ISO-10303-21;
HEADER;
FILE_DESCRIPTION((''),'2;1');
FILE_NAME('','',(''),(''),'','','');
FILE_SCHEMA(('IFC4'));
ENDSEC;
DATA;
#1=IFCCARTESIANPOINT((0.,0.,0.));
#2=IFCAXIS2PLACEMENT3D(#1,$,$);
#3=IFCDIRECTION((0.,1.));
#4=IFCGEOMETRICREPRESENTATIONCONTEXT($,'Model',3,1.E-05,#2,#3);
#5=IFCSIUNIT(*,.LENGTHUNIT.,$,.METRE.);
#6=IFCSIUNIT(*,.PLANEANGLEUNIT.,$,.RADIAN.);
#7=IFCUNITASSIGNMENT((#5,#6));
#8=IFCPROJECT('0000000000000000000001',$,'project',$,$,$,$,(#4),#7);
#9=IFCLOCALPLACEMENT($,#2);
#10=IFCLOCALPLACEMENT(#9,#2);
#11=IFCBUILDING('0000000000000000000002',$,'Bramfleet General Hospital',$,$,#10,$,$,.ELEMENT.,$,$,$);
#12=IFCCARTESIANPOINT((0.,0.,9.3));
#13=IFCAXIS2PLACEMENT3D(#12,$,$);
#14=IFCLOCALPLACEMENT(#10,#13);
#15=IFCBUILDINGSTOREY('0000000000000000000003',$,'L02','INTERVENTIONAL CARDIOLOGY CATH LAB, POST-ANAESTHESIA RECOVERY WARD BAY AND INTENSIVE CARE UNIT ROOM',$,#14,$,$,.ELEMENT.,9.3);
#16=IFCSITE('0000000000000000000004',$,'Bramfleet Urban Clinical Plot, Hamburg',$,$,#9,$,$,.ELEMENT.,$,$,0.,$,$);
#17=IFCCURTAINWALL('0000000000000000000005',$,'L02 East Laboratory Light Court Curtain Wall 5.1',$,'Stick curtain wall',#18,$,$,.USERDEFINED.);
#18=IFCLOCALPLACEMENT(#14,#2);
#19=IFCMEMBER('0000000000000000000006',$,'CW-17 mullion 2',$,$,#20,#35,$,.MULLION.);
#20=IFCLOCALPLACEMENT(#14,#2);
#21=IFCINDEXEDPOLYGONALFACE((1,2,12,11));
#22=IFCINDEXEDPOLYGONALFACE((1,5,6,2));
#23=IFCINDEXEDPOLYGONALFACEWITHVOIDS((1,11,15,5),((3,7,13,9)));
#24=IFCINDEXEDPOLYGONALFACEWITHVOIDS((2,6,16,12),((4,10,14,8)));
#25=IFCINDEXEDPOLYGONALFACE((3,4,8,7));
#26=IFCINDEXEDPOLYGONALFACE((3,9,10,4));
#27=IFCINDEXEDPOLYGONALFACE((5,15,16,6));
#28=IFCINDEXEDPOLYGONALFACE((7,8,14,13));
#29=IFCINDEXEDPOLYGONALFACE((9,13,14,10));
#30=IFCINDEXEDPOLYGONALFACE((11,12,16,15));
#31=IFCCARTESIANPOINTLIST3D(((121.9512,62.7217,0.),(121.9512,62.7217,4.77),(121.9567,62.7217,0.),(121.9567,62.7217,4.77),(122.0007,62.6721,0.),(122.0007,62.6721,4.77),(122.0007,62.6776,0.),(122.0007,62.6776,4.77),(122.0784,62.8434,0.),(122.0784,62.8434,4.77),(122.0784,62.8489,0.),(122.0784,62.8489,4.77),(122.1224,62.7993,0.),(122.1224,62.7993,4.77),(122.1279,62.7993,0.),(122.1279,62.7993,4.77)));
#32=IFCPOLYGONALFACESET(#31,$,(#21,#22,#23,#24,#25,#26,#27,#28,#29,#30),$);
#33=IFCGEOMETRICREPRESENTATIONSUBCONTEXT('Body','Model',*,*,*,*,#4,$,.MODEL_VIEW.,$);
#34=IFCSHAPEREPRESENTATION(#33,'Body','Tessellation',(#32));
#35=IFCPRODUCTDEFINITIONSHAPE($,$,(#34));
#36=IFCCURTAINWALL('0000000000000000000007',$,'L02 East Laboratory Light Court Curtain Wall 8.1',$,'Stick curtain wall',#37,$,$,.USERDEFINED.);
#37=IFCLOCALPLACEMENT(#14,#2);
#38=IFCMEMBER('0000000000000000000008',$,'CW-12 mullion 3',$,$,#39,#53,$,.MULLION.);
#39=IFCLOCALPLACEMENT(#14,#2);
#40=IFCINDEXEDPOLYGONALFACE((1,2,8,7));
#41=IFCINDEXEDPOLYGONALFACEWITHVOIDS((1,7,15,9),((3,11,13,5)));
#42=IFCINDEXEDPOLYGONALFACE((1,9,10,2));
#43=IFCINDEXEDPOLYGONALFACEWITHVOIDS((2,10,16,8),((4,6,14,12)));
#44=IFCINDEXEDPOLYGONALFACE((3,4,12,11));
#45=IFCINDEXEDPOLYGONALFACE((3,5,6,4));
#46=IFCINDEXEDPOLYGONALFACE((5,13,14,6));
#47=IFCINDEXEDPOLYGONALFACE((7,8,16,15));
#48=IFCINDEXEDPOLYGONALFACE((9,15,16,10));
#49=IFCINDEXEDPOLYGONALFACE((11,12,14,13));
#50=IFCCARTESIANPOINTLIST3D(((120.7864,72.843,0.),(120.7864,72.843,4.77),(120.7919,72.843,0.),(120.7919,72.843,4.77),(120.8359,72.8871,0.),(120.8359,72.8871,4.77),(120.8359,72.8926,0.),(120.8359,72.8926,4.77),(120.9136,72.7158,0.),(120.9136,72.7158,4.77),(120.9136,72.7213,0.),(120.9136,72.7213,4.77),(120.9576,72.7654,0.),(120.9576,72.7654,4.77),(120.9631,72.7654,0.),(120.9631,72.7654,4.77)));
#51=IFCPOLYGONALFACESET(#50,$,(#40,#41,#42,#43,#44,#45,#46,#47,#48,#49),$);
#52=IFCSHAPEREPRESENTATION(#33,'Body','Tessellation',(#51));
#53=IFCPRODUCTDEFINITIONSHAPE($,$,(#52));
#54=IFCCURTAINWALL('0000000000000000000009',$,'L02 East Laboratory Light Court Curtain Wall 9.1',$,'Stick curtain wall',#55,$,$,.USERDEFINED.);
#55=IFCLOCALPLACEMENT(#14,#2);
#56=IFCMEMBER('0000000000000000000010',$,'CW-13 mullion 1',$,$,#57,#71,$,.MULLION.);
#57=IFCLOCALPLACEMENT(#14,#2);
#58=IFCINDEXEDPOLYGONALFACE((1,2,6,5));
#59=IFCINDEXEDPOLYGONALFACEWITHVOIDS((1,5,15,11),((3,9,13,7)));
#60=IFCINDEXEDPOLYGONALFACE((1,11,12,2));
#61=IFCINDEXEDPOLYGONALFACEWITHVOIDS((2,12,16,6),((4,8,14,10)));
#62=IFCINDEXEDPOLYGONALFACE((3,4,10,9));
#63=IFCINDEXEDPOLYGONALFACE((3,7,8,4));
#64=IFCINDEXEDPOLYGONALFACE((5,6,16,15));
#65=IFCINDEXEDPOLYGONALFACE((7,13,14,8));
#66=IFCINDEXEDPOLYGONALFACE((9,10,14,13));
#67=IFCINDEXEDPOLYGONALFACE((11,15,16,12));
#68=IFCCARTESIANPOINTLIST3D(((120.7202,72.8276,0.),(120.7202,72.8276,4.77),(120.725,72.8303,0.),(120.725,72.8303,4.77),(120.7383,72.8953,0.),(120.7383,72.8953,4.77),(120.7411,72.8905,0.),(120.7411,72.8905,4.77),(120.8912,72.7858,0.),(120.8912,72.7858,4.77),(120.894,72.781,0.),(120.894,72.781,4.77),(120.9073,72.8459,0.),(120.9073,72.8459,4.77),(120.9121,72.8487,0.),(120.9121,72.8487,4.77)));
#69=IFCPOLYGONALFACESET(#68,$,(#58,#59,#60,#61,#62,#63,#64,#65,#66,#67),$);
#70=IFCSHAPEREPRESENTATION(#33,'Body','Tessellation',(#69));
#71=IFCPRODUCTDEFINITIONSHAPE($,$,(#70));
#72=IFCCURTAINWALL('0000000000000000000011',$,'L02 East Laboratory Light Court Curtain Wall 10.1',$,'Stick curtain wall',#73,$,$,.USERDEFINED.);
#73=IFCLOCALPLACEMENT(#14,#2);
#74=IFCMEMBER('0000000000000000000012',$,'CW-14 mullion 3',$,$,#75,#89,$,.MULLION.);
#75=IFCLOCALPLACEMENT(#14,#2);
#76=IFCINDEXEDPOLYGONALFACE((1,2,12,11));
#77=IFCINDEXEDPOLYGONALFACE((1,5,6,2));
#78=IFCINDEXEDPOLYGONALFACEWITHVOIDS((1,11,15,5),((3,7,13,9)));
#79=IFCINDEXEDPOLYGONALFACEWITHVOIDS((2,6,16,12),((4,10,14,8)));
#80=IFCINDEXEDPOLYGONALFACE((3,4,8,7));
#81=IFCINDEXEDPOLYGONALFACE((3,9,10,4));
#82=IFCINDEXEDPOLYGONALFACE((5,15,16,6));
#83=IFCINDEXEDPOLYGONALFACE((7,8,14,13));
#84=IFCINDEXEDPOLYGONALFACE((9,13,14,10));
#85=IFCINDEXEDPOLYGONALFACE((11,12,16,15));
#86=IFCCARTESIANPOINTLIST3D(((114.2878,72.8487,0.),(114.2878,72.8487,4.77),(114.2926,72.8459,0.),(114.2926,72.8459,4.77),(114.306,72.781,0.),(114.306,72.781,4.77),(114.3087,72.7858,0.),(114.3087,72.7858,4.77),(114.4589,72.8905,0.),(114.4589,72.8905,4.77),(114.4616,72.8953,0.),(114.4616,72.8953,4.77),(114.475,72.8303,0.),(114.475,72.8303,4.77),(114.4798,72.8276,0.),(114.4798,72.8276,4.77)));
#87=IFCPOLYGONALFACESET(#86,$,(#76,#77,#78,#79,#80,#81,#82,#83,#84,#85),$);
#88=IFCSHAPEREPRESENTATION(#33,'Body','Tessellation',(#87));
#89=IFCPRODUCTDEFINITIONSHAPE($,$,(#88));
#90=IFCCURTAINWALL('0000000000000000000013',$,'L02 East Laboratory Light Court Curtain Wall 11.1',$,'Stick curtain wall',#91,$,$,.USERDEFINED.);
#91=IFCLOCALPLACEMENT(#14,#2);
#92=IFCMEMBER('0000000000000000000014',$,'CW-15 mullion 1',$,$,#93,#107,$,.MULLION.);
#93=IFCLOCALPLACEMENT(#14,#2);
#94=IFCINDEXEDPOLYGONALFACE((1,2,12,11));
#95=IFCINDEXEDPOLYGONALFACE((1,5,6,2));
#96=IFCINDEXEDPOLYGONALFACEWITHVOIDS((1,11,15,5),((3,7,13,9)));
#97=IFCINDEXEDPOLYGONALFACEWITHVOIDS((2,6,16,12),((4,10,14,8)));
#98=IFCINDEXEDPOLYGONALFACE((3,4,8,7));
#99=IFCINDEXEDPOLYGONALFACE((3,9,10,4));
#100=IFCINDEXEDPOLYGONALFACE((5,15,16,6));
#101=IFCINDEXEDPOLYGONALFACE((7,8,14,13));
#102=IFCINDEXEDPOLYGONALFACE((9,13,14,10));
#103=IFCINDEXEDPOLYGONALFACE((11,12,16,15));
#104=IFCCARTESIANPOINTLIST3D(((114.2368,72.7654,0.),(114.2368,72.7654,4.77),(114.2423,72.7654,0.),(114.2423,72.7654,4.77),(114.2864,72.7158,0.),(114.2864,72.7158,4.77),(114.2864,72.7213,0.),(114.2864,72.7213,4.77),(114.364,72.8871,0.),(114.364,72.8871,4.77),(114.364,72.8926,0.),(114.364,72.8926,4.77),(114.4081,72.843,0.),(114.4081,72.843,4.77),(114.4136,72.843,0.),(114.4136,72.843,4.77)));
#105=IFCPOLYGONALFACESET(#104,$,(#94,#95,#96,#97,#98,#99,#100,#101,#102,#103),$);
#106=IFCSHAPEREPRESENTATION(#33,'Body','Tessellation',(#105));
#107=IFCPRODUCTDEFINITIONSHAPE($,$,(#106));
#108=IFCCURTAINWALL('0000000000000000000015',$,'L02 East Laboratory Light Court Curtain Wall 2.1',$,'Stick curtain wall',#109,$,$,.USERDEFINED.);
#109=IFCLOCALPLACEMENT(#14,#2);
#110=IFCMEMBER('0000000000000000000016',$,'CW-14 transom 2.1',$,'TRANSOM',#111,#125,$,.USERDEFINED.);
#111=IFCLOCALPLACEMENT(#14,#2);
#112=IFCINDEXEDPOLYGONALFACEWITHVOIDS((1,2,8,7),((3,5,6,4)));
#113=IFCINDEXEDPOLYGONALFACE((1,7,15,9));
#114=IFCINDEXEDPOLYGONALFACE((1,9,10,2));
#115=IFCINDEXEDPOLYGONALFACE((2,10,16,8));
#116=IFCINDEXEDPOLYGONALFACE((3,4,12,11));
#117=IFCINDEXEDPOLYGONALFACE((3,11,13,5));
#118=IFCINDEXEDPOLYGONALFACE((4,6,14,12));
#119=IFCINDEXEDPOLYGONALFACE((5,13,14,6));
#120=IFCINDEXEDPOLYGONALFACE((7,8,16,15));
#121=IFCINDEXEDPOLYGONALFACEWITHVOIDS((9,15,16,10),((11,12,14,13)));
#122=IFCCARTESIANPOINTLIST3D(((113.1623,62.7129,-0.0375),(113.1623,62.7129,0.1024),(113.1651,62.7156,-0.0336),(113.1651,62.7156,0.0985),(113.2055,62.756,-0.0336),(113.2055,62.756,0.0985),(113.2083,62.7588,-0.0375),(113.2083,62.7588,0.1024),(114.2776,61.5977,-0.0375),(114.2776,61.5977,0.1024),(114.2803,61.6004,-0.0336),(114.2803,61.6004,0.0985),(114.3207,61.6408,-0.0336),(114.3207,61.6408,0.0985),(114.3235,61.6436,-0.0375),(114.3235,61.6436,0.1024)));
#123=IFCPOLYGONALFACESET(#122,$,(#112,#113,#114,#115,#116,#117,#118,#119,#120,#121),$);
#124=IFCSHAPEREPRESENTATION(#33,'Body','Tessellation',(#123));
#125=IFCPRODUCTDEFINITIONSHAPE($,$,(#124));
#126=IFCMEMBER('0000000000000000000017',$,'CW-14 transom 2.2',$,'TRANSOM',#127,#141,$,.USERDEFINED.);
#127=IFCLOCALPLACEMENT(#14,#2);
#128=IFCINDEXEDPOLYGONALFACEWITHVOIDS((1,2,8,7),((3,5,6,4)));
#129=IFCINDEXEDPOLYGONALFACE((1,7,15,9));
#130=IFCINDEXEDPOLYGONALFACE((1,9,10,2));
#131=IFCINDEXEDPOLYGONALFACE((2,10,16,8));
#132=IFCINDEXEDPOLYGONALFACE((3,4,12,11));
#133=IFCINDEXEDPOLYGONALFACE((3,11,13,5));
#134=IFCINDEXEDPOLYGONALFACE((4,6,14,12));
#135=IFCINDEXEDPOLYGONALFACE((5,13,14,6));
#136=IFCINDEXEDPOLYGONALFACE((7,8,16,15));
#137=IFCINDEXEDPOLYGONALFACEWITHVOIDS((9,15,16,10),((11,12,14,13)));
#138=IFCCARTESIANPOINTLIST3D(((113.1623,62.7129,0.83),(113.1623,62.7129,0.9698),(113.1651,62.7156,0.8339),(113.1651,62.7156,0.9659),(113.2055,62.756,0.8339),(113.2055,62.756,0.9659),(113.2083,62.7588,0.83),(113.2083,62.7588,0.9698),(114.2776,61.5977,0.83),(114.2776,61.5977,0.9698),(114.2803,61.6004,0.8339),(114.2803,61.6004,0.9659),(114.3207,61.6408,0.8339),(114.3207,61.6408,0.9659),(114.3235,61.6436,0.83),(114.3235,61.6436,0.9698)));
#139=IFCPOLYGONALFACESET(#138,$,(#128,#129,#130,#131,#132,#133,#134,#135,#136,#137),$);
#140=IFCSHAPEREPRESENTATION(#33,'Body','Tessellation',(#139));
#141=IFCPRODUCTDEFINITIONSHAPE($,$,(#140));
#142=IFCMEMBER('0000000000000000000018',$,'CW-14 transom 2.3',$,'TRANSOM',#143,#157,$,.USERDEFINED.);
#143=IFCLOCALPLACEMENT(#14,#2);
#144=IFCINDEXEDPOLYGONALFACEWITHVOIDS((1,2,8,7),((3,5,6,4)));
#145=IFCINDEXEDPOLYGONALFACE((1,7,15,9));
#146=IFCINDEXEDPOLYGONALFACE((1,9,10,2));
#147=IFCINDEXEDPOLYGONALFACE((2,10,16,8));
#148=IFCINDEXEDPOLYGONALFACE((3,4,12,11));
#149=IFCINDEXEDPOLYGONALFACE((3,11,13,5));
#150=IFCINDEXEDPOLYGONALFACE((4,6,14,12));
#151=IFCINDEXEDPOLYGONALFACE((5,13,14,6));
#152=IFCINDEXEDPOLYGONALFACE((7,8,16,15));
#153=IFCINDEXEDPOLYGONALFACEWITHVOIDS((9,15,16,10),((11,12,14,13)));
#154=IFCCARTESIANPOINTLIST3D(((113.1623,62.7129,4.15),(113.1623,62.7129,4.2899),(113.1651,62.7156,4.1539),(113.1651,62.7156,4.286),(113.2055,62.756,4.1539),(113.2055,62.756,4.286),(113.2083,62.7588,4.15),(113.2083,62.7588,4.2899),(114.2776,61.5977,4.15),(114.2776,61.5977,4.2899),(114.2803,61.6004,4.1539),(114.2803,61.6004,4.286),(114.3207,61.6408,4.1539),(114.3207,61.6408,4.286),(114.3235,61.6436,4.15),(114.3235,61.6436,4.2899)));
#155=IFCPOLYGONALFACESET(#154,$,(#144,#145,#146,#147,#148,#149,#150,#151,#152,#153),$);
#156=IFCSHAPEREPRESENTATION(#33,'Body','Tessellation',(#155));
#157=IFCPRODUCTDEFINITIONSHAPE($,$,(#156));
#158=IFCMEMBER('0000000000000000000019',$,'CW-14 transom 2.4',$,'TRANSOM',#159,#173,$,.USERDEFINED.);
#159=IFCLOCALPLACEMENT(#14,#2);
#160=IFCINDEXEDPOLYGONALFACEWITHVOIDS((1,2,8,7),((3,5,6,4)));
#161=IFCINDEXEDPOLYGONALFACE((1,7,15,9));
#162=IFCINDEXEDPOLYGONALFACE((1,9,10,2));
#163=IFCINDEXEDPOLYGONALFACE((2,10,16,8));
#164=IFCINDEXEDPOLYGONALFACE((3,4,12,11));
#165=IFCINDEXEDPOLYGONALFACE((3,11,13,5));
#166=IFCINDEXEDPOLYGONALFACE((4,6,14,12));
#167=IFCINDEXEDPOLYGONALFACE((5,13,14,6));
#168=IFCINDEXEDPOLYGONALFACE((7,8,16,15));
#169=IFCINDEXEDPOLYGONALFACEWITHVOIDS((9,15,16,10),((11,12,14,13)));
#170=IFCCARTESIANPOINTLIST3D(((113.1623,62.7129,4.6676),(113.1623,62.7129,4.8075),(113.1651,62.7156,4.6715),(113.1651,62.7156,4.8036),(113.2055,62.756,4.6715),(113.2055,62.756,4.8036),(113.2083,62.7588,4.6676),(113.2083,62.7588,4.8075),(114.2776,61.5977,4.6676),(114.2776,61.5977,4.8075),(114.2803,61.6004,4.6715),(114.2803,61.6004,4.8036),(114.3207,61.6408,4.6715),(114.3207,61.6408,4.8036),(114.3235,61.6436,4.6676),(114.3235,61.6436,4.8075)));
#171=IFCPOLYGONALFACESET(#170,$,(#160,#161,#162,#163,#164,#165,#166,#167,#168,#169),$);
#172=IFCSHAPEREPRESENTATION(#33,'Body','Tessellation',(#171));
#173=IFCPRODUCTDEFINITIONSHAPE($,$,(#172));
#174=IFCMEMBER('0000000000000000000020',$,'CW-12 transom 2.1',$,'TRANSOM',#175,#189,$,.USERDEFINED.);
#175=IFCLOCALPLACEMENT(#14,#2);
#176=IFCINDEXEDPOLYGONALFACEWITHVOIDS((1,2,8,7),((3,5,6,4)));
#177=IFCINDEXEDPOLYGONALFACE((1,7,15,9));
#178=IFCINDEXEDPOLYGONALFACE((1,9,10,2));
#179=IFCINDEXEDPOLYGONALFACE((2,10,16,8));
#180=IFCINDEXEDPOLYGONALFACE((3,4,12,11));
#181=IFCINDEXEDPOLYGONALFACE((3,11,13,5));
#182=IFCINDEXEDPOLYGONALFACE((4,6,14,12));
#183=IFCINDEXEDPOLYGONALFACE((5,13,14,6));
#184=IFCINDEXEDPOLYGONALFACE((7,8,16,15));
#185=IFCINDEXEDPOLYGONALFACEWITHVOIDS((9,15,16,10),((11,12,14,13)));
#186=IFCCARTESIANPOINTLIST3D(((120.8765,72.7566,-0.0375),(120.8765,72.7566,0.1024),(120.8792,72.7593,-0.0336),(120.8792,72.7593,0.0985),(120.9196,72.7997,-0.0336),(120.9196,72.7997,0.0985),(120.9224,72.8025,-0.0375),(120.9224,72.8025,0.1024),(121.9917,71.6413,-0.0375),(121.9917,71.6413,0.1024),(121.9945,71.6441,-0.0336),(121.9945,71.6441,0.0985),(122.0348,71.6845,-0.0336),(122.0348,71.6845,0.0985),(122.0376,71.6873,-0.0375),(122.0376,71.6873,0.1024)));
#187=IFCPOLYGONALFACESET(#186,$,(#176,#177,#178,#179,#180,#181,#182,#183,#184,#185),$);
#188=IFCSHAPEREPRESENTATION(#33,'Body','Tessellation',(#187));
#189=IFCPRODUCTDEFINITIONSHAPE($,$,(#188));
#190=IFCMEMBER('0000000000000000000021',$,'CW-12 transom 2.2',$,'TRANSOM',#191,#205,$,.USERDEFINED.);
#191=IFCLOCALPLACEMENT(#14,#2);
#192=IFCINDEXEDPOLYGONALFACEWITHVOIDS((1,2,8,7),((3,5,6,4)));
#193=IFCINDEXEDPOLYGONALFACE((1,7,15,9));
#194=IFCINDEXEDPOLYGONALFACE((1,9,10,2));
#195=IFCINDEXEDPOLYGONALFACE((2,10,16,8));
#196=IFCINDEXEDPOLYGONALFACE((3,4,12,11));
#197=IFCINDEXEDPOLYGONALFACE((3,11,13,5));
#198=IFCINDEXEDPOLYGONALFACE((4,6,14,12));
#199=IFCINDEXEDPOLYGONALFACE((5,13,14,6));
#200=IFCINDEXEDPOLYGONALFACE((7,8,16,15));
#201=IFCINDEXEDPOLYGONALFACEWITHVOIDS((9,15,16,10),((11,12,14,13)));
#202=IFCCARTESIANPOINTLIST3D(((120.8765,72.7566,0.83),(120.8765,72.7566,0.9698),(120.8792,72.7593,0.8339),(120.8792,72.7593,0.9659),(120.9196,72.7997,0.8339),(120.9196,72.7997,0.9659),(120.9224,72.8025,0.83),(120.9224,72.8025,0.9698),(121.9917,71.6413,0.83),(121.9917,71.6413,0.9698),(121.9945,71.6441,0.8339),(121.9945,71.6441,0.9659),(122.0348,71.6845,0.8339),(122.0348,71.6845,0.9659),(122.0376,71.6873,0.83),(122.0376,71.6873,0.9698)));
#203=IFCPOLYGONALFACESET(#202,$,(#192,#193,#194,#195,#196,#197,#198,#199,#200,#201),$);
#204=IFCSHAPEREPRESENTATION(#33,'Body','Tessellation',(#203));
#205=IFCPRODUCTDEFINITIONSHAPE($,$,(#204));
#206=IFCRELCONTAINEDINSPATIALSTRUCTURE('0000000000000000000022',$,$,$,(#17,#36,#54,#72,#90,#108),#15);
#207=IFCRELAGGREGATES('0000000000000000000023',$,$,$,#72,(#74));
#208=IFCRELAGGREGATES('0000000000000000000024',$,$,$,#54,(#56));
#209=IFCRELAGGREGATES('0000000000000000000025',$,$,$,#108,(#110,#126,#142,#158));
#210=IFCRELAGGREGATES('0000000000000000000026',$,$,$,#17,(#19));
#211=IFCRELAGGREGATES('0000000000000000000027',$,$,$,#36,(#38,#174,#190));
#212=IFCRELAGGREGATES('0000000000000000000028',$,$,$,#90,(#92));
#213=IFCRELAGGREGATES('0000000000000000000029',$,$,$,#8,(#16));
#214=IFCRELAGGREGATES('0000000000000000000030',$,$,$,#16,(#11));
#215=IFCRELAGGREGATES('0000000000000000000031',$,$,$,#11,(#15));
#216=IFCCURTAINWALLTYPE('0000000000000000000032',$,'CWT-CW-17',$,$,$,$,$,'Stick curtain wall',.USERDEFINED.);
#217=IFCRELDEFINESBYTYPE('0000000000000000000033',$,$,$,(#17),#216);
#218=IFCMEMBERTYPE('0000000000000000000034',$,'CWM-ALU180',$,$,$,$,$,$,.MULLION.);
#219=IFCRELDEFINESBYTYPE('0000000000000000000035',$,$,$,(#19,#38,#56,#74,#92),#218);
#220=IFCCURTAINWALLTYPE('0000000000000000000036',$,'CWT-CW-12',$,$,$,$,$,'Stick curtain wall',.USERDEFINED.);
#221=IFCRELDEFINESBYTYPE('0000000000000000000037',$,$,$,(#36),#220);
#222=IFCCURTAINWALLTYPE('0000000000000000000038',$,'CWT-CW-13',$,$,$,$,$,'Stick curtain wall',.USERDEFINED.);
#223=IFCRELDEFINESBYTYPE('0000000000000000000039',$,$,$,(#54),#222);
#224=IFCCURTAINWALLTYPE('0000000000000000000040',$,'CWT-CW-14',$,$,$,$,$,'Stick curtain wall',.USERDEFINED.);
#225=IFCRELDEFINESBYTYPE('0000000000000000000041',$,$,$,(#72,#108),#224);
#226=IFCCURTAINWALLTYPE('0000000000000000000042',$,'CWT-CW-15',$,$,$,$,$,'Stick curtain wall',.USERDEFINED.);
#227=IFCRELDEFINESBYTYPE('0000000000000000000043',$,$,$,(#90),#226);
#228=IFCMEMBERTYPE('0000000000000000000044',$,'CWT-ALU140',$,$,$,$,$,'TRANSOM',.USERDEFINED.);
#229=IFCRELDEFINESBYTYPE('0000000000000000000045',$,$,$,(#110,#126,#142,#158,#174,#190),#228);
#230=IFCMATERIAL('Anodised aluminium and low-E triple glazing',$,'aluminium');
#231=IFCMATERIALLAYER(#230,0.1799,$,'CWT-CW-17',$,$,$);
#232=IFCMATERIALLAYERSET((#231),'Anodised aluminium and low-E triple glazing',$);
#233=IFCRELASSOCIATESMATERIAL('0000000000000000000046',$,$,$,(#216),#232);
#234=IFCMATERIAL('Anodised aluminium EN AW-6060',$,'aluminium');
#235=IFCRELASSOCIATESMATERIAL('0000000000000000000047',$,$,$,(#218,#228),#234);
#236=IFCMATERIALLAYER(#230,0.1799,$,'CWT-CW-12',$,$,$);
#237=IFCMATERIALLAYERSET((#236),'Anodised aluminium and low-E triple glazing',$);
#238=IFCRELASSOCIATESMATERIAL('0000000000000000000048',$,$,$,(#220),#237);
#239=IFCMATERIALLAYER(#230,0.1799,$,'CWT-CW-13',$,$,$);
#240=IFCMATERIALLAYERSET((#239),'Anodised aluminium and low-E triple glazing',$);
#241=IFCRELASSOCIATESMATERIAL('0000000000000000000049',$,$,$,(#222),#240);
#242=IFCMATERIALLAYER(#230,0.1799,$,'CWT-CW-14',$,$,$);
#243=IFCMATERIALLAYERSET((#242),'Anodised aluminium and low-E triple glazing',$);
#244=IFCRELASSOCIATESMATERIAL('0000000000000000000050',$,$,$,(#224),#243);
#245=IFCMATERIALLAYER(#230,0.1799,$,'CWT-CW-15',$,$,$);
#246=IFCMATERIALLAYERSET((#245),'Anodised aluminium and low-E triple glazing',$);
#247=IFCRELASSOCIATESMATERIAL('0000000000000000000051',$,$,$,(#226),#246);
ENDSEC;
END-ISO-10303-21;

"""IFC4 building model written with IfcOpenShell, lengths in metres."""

from ifc_helpers import new_model, si_unit, direction, frame, origin, origin_2d, place, context, subcontext, project, spatial, hollow_rectangle, extrude, material, layer, layer_set, material_profile, profile_set, type_object, element, aggregate, save


model = new_model("IFC4")

# Units and contexts
model_context = context("Model", 3, precision=1e-05, world=origin(), true_north=direction((0.0, 1.0)))
body_context = subcontext(model_context, "Body", "Model", "MODEL_VIEW")
ifc_project = project(units=[si_unit("LENGTHUNIT", "METRE"), si_unit("PLANEANGLEUNIT", "RADIAN")], contexts=[model_context])

# Site, building, storey
site_placement = place(None, origin())
site = spatial("IfcSite", under=ifc_project, at=site_placement, Name="Bramfleet Urban Clinical Plot, Hamburg", CompositionType="ELEMENT", RefElevation=0.0)
building_placement = place(site_placement, origin())
building = spatial("IfcBuilding", under=site, at=building_placement, Name="Bramfleet General Hospital", CompositionType="ELEMENT")
storey_placement = place(building_placement, frame((0.0, 0.0, 9.3)))
storey = spatial("IfcBuildingStorey", under=building, at=storey_placement, Name="L02", Description="INTERVENTIONAL CARDIOLOGY CATH LAB, POST-ANAESTHESIA RECOVERY WARD BAY AND INTENSIVE CARE UNIT ROOM", CompositionType="ELEMENT", Elevation=9.3)

# Curtain walls, members
ifc_material_1 = material(Name="Anodised aluminium and low-E triple glazing", Category="aluminium")
ifc_layer_1 = layer(ifc_material_1, 0.1799, Name="CWT-CW-17")
ifc_layer_set_1 = layer_set([ifc_layer_1], Name="Anodised aluminium and low-E triple glazing")
curtain_wall_type_1 = type_object("IfcCurtainWallType", Name="CWT-CW-17", ElementType="Stick curtain wall", PredefinedType="USERDEFINED", material=ifc_layer_set_1)
curtain_wall_1_placement = place(storey_placement, origin())
curtain_wall_1 = element("IfcCurtainWall", 1, at=curtain_wall_1_placement, inside=storey, type_object=curtain_wall_type_1, Name="L02 East Laboratory Light Court Curtain Wall 5.1", ObjectType="Stick curtain wall", PredefinedType="USERDEFINED")
ifc_material_2 = material(Name="Anodised aluminium EN AW-6060", Category="aluminium")
ifc_material_profile_1 = material_profile(ifc_material_2, hollow_rectangle(XDim=0.0701, YDim=0.1799, WallThickness=0.0039, at=origin_2d()), Name="ALU 180x70x4.0")
ifc_profile_set_1 = profile_set([ifc_material_profile_1], Name="Anodised aluminium EN AW-6060")
member_type_1 = type_object("IfcMemberType", Name="CWM-ALU180", PredefinedType="MULLION", material=ifc_profile_set_1)
member_1_placement = place(storey_placement, frame((122.0396, 62.7605, 0.0), z_axis=(0.0, 0.0, 1.0), x_axis=(-0.707107, 0.707107, 0.0)))
member_1 = element("IfcMember", 2, at=member_1_placement, type_object=member_type_1, Name="CW-17 mullion 2", PredefinedType="MULLION", context=body_context, shape_type="SweptSolid", body=[
    extrude(hollow_rectangle(XDim=0.0701, YDim=0.1799, WallThickness=0.0039, at=origin_2d()), origin(), (0.0, 0.0, 1.0), 4.77),
])
ifc_layer_2 = layer(ifc_material_1, 0.1799, Name="CWT-CW-12")
ifc_layer_set_2 = layer_set([ifc_layer_2], Name="Anodised aluminium and low-E triple glazing")
curtain_wall_type_2 = type_object("IfcCurtainWallType", Name="CWT-CW-12", ElementType="Stick curtain wall", PredefinedType="USERDEFINED", material=ifc_layer_set_2)
curtain_wall_2_placement = place(storey_placement, origin())
curtain_wall_2 = element("IfcCurtainWall", 3, at=curtain_wall_2_placement, inside=storey, type_object=curtain_wall_type_2, Name="L02 East Laboratory Light Court Curtain Wall 8.1", ObjectType="Stick curtain wall", PredefinedType="USERDEFINED")
member_2_placement = place(storey_placement, frame((120.8748, 72.8042, 0.0), z_axis=(0.0, 0.0, 1.0), x_axis=(-0.707107, -0.707107, 0.0)))
member_2 = element("IfcMember", 4, at=member_2_placement, type_object=member_type_1, Name="CW-12 mullion 3", PredefinedType="MULLION", context=body_context, shape_type="SweptSolid", body=[
    extrude(hollow_rectangle(XDim=0.0701, YDim=0.1799, WallThickness=0.0039, at=origin_2d()), origin(), (0.0, 0.0, 1.0), 4.77),
])
ifc_layer_3 = layer(ifc_material_1, 0.1799, Name="CWT-CW-13")
ifc_layer_set_3 = layer_set([ifc_layer_3], Name="Anodised aluminium and low-E triple glazing")
curtain_wall_type_3 = type_object("IfcCurtainWallType", Name="CWT-CW-13", ElementType="Stick curtain wall", PredefinedType="USERDEFINED", material=ifc_layer_set_3)
curtain_wall_3_placement = place(storey_placement, origin())
curtain_wall_3 = element("IfcCurtainWall", 5, at=curtain_wall_3_placement, inside=storey, type_object=curtain_wall_type_3, Name="L02 East Laboratory Light Court Curtain Wall 9.1", ObjectType="Stick curtain wall", PredefinedType="USERDEFINED")
member_3_placement = place(storey_placement, frame((120.8162, 72.8381, 0.0), z_axis=(0.0, 0.0, 1.0), x_axis=(-0.258865, -0.965914, 0.0)))
member_3 = element("IfcMember", 6, at=member_3_placement, type_object=member_type_1, Name="CW-13 mullion 1", PredefinedType="MULLION", context=body_context, shape_type="SweptSolid", body=[
    extrude(hollow_rectangle(XDim=0.0701, YDim=0.1799, WallThickness=0.0039, at=origin_2d()), origin(), (0.0, 0.0, 1.0), 4.77),
])
ifc_layer_4 = layer(ifc_material_1, 0.1799, Name="CWT-CW-14")
ifc_layer_set_4 = layer_set([ifc_layer_4], Name="Anodised aluminium and low-E triple glazing")
curtain_wall_type_4 = type_object("IfcCurtainWallType", Name="CWT-CW-14", ElementType="Stick curtain wall", PredefinedType="USERDEFINED", material=ifc_layer_set_4)
curtain_wall_4_placement = place(storey_placement, origin())
curtain_wall_4 = element("IfcCurtainWall", 7, at=curtain_wall_4_placement, inside=storey, type_object=curtain_wall_type_4, Name="L02 East Laboratory Light Court Curtain Wall 10.1", ObjectType="Stick curtain wall", PredefinedType="USERDEFINED")
member_4_placement = place(storey_placement, frame((114.3838, 72.8381, 0.0), z_axis=(0.0, 0.0, 1.0), x_axis=(0.258865, -0.965914, 0.0)))
member_4 = element("IfcMember", 8, at=member_4_placement, type_object=member_type_1, Name="CW-14 mullion 3", PredefinedType="MULLION", context=body_context, shape_type="SweptSolid", body=[
    extrude(hollow_rectangle(XDim=0.0701, YDim=0.1799, WallThickness=0.0039, at=origin_2d()), origin(), (0.0, 0.0, 1.0), 4.77),
])
aggregate(curtain_wall_4, [member_4])
ifc_layer_5 = layer(ifc_material_1, 0.1799, Name="CWT-CW-15")
ifc_layer_set_5 = layer_set([ifc_layer_5], Name="Anodised aluminium and low-E triple glazing")
curtain_wall_type_5 = type_object("IfcCurtainWallType", Name="CWT-CW-15", ElementType="Stick curtain wall", PredefinedType="USERDEFINED", material=ifc_layer_set_5)
curtain_wall_5_placement = place(storey_placement, origin())
curtain_wall_5 = element("IfcCurtainWall", 9, at=curtain_wall_5_placement, inside=storey, type_object=curtain_wall_type_5, Name="L02 East Laboratory Light Court Curtain Wall 11.1", ObjectType="Stick curtain wall", PredefinedType="USERDEFINED")
member_5_placement = place(storey_placement, frame((114.3252, 72.8042, 0.0), z_axis=(0.0, 0.0, 1.0), x_axis=(0.707107, -0.707107, 0.0)))
member_5 = element("IfcMember", 10, at=member_5_placement, type_object=member_type_1, Name="CW-15 mullion 1", PredefinedType="MULLION", context=body_context, shape_type="SweptSolid", body=[
    extrude(hollow_rectangle(XDim=0.0701, YDim=0.1799, WallThickness=0.0039, at=origin_2d()), origin(), (0.0, 0.0, 1.0), 4.77),
])

# Curtain wall, members
curtain_wall_6_placement = place(storey_placement, origin())
curtain_wall_6 = element("IfcCurtainWall", 11, at=curtain_wall_6_placement, inside=storey, type_object=curtain_wall_type_4, Name="L02 East Laboratory Light Court Curtain Wall 2.1", ObjectType="Stick curtain wall", PredefinedType="USERDEFINED")
ifc_material_profile_2 = material_profile(ifc_material_2, hollow_rectangle(XDim=0.0649, YDim=0.1399, WallThickness=0.0039, at=origin_2d()), Name="ALU 140x65x4.0")
ifc_profile_set_2 = profile_set([ifc_material_profile_2], Name="Anodised aluminium EN AW-6060")
member_type_2 = type_object("IfcMemberType", Name="CWT-ALU140", ElementType="TRANSOM", PredefinedType="USERDEFINED", material=ifc_profile_set_2)
member_6_placement = place(storey_placement, frame((113.1853, 62.7358, 0.0325), z_axis=(0.707107, -0.707107, 0.0), x_axis=(0.707107, 0.707107, 0.0)))
member_6 = element("IfcMember", 12, at=member_6_placement, type_object=member_type_2, Name="CW-14 transom 2.1", ObjectType="TRANSOM", PredefinedType="USERDEFINED", context=body_context, shape_type="SweptSolid", body=[
    extrude(hollow_rectangle(XDim=0.0649, YDim=0.1399, WallThickness=0.0039, at=origin_2d()), origin(), (0.0, 0.0, 1.0), 1.5771),
])
member_7_placement = place(storey_placement, frame((113.1853, 62.7358, 0.8999), z_axis=(0.707107, -0.707107, 0.0), x_axis=(0.707107, 0.707107, 0.0)))
member_7 = element("IfcMember", 13, at=member_7_placement, type_object=member_type_2, Name="CW-14 transom 2.2", ObjectType="TRANSOM", PredefinedType="USERDEFINED", context=body_context, shape_type="SweptSolid", body=[
    extrude(hollow_rectangle(XDim=0.0649, YDim=0.1399, WallThickness=0.0039, at=origin_2d()), origin(), (0.0, 0.0, 1.0), 1.5771),
])
member_8_placement = place(storey_placement, frame((113.1853, 62.7358, 4.22), z_axis=(0.707107, -0.707107, 0.0), x_axis=(0.707107, 0.707107, 0.0)))
member_8 = element("IfcMember", 14, at=member_8_placement, type_object=member_type_2, Name="CW-14 transom 2.3", ObjectType="TRANSOM", PredefinedType="USERDEFINED", context=body_context, shape_type="SweptSolid", body=[
    extrude(hollow_rectangle(XDim=0.0649, YDim=0.1399, WallThickness=0.0039, at=origin_2d()), origin(), (0.0, 0.0, 1.0), 1.5771),
])
member_9_placement = place(storey_placement, frame((113.1853, 62.7358, 4.7375), z_axis=(0.707107, -0.707107, 0.0), x_axis=(0.707107, 0.707107, 0.0)))
member_9 = element("IfcMember", 15, at=member_9_placement, type_object=member_type_2, Name="CW-14 transom 2.4", ObjectType="TRANSOM", PredefinedType="USERDEFINED", context=body_context, shape_type="SweptSolid", body=[
    extrude(hollow_rectangle(XDim=0.0649, YDim=0.1399, WallThickness=0.0039, at=origin_2d()), origin(), (0.0, 0.0, 1.0), 1.5771),
])

# Members
member_10_placement = place(storey_placement, frame((122.0146, 71.6643, 0.0325), z_axis=(-0.707107, 0.707107, 0.0), x_axis=(-0.707107, -0.707107, 0.0)))
member_10 = element("IfcMember", 16, at=member_10_placement, type_object=member_type_2, Name="CW-12 transom 2.1", ObjectType="TRANSOM", PredefinedType="USERDEFINED", context=body_context, shape_type="SweptSolid", body=[
    extrude(hollow_rectangle(XDim=0.0649, YDim=0.1399, WallThickness=0.0039, at=origin_2d()), origin(), (0.0, 0.0, 1.0), 1.5771),
])
member_11_placement = place(storey_placement, frame((122.0146, 71.6643, 0.8999), z_axis=(-0.707107, 0.707107, 0.0), x_axis=(-0.707107, -0.707107, 0.0)))
member_11 = element("IfcMember", 17, at=member_11_placement, type_object=member_type_2, Name="CW-12 transom 2.2", ObjectType="TRANSOM", PredefinedType="USERDEFINED", context=body_context, shape_type="SweptSolid", body=[
    extrude(hollow_rectangle(XDim=0.0649, YDim=0.1399, WallThickness=0.0039, at=origin_2d()), origin(), (0.0, 0.0, 1.0), 1.5771),
])
aggregate(curtain_wall_3, [member_3])

aggregate(curtain_wall_6, [member_6, member_7, member_8, member_9])
aggregate(curtain_wall_1, [member_1])
aggregate(curtain_wall_2, [member_2, member_10, member_11])
aggregate(curtain_wall_5, [member_5])

save(model, "model.ifc")
